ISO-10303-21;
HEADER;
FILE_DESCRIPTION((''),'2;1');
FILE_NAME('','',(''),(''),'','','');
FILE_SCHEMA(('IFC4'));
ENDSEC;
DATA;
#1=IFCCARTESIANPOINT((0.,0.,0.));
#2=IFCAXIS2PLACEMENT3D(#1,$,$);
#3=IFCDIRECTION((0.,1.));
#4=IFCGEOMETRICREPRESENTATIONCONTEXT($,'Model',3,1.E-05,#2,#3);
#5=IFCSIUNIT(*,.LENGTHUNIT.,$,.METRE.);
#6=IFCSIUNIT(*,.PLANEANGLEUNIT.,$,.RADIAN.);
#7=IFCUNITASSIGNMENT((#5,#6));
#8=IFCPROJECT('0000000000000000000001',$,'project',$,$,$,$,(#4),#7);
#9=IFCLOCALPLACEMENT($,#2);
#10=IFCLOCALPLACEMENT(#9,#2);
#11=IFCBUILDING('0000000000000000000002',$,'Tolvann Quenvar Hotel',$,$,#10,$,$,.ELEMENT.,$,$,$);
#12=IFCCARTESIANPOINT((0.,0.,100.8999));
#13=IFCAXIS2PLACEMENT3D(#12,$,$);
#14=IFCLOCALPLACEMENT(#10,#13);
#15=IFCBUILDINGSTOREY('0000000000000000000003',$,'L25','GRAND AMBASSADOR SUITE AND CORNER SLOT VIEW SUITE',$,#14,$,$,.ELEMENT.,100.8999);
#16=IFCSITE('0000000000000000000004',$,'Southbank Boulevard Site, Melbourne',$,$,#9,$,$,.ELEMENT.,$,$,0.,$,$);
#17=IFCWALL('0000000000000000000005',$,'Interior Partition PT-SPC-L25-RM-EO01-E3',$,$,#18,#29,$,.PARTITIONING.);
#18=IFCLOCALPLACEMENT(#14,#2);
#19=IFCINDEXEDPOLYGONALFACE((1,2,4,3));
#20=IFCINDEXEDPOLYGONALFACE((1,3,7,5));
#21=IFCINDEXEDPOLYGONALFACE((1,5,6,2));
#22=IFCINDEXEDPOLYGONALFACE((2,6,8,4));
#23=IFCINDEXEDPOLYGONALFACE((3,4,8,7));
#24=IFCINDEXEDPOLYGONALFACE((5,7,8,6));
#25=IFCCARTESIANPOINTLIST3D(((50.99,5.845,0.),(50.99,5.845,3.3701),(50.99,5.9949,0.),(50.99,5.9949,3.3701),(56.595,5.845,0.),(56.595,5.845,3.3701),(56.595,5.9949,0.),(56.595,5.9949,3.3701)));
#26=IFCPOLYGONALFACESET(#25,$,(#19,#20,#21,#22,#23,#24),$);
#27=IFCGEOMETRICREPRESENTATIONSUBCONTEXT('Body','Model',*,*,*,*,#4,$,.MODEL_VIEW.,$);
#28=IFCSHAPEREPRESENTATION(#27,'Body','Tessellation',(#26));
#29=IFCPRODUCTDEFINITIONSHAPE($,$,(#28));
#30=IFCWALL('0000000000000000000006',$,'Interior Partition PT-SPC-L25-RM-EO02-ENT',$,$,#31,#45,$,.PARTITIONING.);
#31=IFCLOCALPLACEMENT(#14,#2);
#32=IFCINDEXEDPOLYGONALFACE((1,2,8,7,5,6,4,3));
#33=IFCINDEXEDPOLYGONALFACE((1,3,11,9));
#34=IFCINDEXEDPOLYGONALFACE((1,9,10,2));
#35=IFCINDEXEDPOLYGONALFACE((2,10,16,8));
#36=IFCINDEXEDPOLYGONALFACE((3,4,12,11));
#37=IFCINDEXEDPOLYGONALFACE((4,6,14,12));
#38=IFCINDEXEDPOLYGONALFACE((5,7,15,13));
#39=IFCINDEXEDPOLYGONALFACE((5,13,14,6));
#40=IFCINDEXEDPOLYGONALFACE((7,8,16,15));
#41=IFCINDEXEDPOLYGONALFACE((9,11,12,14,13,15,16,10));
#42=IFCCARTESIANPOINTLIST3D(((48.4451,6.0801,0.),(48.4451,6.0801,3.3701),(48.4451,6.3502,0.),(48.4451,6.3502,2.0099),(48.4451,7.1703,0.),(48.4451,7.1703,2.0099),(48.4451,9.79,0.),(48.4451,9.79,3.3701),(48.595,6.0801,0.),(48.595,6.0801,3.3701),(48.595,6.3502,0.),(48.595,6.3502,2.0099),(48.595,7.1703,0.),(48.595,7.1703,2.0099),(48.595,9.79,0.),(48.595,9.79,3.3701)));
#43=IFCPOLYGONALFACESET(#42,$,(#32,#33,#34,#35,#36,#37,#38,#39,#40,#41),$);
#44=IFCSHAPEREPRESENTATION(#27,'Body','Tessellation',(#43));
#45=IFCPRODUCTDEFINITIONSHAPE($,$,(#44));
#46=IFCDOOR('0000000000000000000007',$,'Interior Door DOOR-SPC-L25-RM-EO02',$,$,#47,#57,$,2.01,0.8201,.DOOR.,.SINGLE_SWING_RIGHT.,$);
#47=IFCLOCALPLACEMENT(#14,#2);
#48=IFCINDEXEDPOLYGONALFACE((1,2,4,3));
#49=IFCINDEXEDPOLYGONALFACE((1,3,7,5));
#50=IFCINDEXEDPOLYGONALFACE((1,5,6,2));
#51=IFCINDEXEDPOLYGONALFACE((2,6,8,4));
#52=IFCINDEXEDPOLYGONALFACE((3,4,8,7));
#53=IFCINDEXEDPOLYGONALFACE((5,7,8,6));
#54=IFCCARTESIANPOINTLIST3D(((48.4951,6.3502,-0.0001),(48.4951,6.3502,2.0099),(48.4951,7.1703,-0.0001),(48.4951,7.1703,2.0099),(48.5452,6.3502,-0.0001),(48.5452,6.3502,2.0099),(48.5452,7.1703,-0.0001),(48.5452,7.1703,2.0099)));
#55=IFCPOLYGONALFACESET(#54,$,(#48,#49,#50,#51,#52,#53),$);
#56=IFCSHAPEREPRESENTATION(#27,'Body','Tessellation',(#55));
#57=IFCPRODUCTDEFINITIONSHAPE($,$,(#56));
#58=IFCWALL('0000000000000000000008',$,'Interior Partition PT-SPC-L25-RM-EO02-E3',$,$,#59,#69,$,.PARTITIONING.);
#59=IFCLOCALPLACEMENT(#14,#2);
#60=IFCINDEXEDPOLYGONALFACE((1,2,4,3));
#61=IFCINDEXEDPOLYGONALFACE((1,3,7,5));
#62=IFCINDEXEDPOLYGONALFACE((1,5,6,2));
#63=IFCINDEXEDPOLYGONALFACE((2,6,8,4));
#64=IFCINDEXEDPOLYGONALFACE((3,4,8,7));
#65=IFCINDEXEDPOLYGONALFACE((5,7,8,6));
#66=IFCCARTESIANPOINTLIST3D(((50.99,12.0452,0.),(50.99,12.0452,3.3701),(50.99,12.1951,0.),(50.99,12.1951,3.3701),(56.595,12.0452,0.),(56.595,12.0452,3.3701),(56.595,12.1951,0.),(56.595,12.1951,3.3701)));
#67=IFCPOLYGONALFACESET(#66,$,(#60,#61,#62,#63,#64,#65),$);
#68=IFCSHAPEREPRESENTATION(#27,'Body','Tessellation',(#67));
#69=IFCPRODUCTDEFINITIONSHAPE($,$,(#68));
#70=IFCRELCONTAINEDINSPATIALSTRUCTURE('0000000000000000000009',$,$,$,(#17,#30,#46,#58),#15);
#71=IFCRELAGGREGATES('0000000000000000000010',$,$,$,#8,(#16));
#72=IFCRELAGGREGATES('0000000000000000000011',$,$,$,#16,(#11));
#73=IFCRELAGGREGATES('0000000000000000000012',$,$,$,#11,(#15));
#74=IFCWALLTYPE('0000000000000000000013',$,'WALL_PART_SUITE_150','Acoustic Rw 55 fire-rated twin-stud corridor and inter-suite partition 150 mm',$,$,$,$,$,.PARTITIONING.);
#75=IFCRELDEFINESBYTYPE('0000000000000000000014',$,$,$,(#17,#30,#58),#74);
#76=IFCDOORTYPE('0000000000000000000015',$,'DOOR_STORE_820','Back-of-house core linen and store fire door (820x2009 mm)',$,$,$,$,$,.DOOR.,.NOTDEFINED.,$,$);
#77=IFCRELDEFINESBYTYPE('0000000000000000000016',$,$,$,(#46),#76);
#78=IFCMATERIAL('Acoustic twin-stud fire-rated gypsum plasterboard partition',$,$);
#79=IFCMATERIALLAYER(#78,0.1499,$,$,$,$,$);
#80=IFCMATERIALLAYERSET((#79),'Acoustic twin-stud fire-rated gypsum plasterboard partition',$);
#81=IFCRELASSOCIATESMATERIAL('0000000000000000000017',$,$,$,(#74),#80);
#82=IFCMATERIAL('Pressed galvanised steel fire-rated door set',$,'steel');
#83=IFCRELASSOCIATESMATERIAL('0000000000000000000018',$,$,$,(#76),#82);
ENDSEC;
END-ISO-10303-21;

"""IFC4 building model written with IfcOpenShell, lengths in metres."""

from ifc_helpers import new_model, si_unit, direction, frame, frame_2d, origin, place, context, subcontext, project, spatial, rectangle, extrude, source, transform, mapped, material, layer, layer_set, type_object, type_shapes, element, fill, save


model = new_model("IFC4")

# Units and contexts
model_context = context("Model", 3, precision=1e-05, world=origin(), true_north=direction((0.0, 1.0)))
body_context = subcontext(model_context, "Body", "Model", "MODEL_VIEW")
ifc_project = project(units=[si_unit("LENGTHUNIT", "METRE"), si_unit("PLANEANGLEUNIT", "RADIAN")], contexts=[model_context])

# Site, building, storey
site_placement = place(None, origin())
site = spatial("IfcSite", under=ifc_project, at=site_placement, Name="Southbank Boulevard Site, Melbourne", CompositionType="ELEMENT", RefElevation=0.0)
building_placement = place(site_placement, origin())
building = spatial("IfcBuilding", under=site, at=building_placement, Name="Tolvann Quenvar Hotel", CompositionType="ELEMENT")
storey_placement = place(building_placement, frame((0.0, 0.0, 100.8999)))
storey = spatial("IfcBuildingStorey", under=building, at=storey_placement, Name="L25", Description="GRAND AMBASSADOR SUITE AND CORNER SLOT VIEW SUITE", CompositionType="ELEMENT", Elevation=100.8999)

# Shared definitions
ifc_material_1 = material(Name="Acoustic twin-stud fire-rated gypsum plasterboard partition")
ifc_layer_1 = layer(ifc_material_1, 0.1499)
ifc_layer_set_1 = layer_set([ifc_layer_1], Name="Acoustic twin-stud fire-rated gypsum plasterboard partition")
wall_type_1 = type_object("IfcWallType", Name="WALL_PART_SUITE_150", Description="Acoustic Rw 55 fire-rated twin-stud corridor and inter-suite partition 150 mm", PredefinedType="PARTITIONING", material=ifc_layer_set_1)

# Wall
wall_1_placement = place(storey_placement, frame((50.99, 5.9199, 0.0), z_axis=(0.0, 0.0, 1.0), x_axis=(1.0, 0.0, 0.0)))
element("IfcWall", 1, at=wall_1_placement, inside=storey, type_object=wall_type_1, Name="Interior Partition PT-SPC-L25-RM-EO01-E3", PredefinedType="PARTITIONING", context=body_context, shape_type="SweptSolid", body=[
    extrude(rectangle(XDim=5.605, YDim=0.1499, at=frame_2d((2.8025, 0.0))), origin(), (0.0, 0.0, 1.0), 3.3701),
])

# Wall, opening, door
wall_2_placement = place(storey_placement, frame((48.52, 6.0801, 0.0), z_axis=(0.0, 0.0, 1.0), x_axis=(0.0, 1.0, 0.0)))
wall_2 = element("IfcWall", 2, at=wall_2_placement, inside=storey, type_object=wall_type_1, Name="Interior Partition PT-SPC-L25-RM-EO02-ENT", PredefinedType="PARTITIONING", context=body_context, shape_type="SweptSolid", body=[
    extrude(rectangle(XDim=3.71, YDim=0.1499, at=frame_2d((1.855, 0.0))), origin(), (0.0, 0.0, 1.0), 3.3701),
])
opening_1_placement = place(wall_2_placement, frame((0.27, 0.0, 0.0)))
opening_1 = element("IfcOpeningElement", 3, at=opening_1_placement, cuts=wall_2, PredefinedType="OPENING", context=body_context, shape_type="SweptSolid", body=[
    extrude(rectangle(XDim=0.8201, YDim=2.01, at=frame_2d((0.4102, 1.0049))), frame((0.0, 0.085, 0.0), z_axis=(0.0, -1.0, 0.0), x_axis=(1.0, 0.0, 0.0)), (0.0, 0.0, 1.0), 0.1699),
])
ifc_material_2 = material(Name="Pressed galvanised steel fire-rated door set", Category="steel")
door_type_1 = type_object("IfcDoorType", Name="DOOR_STORE_820", Description="Back-of-house core linen and store fire door (820x2009 mm)", OperationType="NOTDEFINED", PredefinedType="DOOR", material=ifc_material_2)
shared_shape_1 = source(origin(), body_context, "Body", "SweptSolid", [
    extrude(rectangle(XDim=0.8201, YDim=2.01, at=frame_2d((0.4102, 1.0049))), frame((0.0, 0.0249, 0.0), z_axis=(0.0, -1.0, 0.0), x_axis=(1.0, 0.0, 0.0)), (0.0, 0.0, 1.0), 0.05),
])
type_shapes(door_type_1, [shared_shape_1])
door_1_placement = place(opening_1_placement, origin())
door_1 = element("IfcDoor", 4, at=door_1_placement, inside=storey, type_object=door_type_1, Name="Interior Door DOOR-SPC-L25-RM-EO02", OperationType="SINGLE_SWING_RIGHT", OverallHeight=2.01, OverallWidth=0.8201, PredefinedType="DOOR", context=body_context, shape_type="MappedRepresentation", body=[
    mapped(shared_shape_1, transform((0.0, 0.0, 0.0), x_axis=(1.0, 0.0, 0.0), y_axis=(0.0, 1.0, 0.0), z_axis=(0.0, 0.0, 1.0), scale=1.0)),
])
fill(opening_1, door_1)

# Wall
wall_3_placement = place(storey_placement, frame((50.99, 12.1201, 0.0), z_axis=(0.0, 0.0, 1.0), x_axis=(1.0, 0.0, 0.0)))
element("IfcWall", 5, at=wall_3_placement, inside=storey, type_object=wall_type_1, Name="Interior Partition PT-SPC-L25-RM-EO02-E3", PredefinedType="PARTITIONING", context=body_context, shape_type="SweptSolid", body=[
    extrude(rectangle(XDim=5.605, YDim=0.1499, at=frame_2d((2.8025, 0.0))), origin(), (0.0, 0.0, 1.0), 3.3701),
])

save(model, "model.ifc")
